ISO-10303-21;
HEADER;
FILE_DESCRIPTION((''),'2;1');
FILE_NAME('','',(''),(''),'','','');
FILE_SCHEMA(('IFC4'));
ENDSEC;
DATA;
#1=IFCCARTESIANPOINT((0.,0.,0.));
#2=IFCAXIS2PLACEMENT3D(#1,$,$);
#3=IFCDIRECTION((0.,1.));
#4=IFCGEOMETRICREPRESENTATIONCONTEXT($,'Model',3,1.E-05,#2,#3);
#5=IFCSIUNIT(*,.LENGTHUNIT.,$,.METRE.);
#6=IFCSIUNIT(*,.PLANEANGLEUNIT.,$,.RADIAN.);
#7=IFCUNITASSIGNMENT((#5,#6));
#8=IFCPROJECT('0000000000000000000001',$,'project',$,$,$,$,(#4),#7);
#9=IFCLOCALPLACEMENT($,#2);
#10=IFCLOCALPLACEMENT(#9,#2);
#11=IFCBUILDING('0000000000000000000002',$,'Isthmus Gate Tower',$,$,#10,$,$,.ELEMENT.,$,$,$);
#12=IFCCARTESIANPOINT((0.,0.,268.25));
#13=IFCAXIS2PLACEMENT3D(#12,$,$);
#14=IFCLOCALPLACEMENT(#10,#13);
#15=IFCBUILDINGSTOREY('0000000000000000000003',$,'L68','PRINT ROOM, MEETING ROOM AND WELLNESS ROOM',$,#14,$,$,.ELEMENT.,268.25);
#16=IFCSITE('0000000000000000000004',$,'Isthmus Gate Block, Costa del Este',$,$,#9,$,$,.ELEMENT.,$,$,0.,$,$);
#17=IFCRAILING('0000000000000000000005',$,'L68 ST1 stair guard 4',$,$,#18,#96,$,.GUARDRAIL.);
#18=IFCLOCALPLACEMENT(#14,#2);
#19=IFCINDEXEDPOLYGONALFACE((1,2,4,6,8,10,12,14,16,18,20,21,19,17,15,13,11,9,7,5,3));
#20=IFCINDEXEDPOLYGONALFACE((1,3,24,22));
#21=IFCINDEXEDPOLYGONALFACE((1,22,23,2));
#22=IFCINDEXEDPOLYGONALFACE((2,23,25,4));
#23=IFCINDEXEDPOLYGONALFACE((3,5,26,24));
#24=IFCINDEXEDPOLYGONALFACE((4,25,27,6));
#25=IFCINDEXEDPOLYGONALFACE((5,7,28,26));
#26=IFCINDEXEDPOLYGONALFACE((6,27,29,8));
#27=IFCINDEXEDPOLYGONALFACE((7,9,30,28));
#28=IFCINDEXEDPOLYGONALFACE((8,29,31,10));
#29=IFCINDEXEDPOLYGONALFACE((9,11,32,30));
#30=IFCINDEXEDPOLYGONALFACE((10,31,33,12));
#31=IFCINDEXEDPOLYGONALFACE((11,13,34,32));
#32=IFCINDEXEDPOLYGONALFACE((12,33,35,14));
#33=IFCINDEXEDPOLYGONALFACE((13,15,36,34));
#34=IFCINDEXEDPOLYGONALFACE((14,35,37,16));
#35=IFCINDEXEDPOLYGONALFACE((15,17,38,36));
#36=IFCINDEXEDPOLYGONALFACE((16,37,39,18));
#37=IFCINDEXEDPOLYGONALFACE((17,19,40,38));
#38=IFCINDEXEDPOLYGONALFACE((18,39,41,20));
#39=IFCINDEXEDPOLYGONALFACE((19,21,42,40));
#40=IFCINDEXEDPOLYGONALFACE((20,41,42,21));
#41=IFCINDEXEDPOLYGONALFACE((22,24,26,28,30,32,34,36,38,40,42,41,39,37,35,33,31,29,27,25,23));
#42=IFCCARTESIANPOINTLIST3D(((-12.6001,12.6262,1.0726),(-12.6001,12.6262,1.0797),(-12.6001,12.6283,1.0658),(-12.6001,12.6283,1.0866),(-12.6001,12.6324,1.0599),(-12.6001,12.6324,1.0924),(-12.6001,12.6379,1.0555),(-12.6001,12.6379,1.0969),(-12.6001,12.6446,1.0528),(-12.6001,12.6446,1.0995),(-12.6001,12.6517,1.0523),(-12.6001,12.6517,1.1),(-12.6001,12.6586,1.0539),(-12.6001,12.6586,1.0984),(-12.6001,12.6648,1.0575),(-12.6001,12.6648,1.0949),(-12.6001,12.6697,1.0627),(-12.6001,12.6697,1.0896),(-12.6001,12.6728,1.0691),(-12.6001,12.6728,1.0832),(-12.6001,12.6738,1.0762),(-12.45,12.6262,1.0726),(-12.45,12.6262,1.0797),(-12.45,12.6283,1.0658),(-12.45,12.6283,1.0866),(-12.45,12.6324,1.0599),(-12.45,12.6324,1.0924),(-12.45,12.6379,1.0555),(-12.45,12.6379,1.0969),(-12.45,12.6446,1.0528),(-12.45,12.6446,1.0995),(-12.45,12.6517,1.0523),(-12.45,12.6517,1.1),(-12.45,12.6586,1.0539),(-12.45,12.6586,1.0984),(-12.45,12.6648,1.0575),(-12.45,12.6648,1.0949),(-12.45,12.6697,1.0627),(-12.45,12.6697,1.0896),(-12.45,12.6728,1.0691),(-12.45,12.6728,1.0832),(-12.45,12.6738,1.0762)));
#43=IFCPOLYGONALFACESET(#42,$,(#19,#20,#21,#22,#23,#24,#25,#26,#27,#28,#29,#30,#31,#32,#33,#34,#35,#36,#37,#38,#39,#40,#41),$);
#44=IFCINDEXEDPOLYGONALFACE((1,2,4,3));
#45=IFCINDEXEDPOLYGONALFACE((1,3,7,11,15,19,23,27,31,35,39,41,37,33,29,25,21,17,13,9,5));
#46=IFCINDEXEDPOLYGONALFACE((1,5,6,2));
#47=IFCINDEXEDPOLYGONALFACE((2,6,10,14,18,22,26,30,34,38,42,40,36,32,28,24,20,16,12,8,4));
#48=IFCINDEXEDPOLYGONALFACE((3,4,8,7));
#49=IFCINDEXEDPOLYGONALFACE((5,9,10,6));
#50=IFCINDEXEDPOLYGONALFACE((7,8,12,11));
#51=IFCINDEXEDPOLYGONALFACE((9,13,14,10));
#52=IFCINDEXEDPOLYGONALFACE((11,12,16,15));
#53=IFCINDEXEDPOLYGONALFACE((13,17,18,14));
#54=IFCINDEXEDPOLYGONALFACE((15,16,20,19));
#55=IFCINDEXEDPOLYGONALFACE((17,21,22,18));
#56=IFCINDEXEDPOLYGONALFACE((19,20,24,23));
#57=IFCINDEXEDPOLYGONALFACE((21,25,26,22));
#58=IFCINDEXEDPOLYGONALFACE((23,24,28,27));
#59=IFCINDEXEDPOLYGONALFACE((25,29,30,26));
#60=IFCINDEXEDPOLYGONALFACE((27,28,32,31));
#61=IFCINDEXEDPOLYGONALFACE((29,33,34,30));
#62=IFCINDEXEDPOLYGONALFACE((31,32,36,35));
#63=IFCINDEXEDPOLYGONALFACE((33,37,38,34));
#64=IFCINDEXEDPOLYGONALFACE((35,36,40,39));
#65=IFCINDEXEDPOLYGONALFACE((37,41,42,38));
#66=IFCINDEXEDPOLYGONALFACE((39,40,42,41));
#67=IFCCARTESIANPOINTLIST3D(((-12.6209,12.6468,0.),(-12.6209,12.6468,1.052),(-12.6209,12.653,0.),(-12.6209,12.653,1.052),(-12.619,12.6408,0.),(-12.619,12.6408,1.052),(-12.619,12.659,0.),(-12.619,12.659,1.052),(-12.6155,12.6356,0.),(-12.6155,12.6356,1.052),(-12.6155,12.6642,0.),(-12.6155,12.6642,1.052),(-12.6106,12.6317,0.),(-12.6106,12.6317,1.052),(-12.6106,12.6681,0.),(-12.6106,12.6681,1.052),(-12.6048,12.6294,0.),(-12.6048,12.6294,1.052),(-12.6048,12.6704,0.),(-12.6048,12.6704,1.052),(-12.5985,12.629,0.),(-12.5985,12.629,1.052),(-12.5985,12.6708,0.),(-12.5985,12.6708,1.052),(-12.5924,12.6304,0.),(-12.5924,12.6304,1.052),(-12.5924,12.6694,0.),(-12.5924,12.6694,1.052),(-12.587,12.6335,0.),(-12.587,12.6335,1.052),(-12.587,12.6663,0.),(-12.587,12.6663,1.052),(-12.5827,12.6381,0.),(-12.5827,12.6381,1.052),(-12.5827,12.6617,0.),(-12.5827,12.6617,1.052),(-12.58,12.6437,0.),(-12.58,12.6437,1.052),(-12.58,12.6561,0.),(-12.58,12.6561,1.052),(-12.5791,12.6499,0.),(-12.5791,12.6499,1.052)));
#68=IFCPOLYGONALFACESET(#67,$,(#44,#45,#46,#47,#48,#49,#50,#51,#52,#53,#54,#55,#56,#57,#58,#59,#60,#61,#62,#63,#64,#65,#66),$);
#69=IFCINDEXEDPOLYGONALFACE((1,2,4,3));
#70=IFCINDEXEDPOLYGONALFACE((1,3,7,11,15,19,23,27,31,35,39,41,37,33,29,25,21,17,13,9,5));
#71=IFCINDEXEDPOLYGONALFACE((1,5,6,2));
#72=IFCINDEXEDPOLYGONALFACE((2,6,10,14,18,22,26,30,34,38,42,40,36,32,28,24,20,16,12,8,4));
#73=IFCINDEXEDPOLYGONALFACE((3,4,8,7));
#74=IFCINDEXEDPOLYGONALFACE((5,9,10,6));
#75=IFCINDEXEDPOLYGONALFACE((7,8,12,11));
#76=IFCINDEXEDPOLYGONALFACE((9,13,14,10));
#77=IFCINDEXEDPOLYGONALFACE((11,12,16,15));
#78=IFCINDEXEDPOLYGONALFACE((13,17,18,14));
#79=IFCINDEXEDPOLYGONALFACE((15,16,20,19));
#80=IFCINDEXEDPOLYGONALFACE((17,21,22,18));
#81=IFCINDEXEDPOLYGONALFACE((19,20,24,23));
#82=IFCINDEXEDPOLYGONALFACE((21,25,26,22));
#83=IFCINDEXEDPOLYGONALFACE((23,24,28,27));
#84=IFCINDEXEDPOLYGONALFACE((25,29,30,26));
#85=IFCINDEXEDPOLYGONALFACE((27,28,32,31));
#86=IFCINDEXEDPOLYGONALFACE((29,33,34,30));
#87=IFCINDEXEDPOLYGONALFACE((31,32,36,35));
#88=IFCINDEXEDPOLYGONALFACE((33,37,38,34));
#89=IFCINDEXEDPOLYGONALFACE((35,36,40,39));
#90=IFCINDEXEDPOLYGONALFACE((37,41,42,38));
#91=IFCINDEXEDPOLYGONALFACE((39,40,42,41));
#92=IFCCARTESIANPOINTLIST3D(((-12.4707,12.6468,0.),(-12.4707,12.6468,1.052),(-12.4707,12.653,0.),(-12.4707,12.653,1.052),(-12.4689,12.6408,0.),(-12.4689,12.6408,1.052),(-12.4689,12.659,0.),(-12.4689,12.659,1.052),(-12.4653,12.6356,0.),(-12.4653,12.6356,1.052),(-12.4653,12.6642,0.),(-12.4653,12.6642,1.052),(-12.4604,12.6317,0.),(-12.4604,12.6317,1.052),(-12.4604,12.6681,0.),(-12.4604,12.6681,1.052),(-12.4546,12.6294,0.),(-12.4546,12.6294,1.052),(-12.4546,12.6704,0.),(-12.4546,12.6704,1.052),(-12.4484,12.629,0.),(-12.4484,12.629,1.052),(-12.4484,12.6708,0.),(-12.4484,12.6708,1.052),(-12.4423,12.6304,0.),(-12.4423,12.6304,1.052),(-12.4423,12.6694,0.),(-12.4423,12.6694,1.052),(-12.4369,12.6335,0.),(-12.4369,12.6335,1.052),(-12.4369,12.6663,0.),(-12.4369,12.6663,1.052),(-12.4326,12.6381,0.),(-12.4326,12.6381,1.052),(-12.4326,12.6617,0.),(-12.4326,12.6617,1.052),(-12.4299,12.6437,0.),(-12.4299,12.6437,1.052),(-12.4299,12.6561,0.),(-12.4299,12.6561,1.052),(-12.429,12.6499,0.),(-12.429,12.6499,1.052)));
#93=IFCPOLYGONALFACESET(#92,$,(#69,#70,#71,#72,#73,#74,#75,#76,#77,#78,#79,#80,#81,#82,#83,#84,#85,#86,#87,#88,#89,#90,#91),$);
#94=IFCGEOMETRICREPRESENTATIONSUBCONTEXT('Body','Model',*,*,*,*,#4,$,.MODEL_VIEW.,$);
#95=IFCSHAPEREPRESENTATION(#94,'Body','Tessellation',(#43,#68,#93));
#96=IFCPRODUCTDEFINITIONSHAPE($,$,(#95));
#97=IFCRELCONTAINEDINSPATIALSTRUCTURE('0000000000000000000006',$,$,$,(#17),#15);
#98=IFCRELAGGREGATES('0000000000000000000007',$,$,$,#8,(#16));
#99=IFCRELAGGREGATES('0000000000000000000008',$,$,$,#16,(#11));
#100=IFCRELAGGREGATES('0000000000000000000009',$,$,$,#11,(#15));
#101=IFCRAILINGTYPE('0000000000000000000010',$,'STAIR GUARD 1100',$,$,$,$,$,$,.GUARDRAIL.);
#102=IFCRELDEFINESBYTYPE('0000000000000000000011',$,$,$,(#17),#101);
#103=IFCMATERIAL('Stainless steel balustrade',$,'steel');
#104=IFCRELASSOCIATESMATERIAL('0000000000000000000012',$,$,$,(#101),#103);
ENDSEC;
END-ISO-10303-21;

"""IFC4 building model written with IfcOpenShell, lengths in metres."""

from ifc_helpers import new_model, si_unit, direction, frame, origin, origin_2d, place, context, subcontext, project, spatial, circle, extrude, material, type_object, element, save


model = new_model("IFC4")

# Units and contexts
model_context = context("Model", 3, precision=1e-05, world=origin(), true_north=direction((0.0, 1.0)))
body_context = subcontext(model_context, "Body", "Model", "MODEL_VIEW")
ifc_project = project(units=[si_unit("LENGTHUNIT", "METRE"), si_unit("PLANEANGLEUNIT", "RADIAN")], contexts=[model_context])

# Site, building, storey
site_placement = place(None, origin())
site = spatial("IfcSite", under=ifc_project, at=site_placement, Name="Isthmus Gate Block, Costa del Este", CompositionType="ELEMENT", RefElevation=0.0)
building_placement = place(site_placement, origin())
building = spatial("IfcBuilding", under=site, at=building_placement, Name="Isthmus Gate Tower", CompositionType="ELEMENT")
storey_placement = place(building_placement, frame((0.0, 0.0, 268.25)))
storey = spatial("IfcBuildingStorey", under=building, at=storey_placement, Name="L68", Description="PRINT ROOM, MEETING ROOM AND WELLNESS ROOM", CompositionType="ELEMENT", Elevation=268.25)

# Railing
ifc_material_1 = material(Name="Stainless steel balustrade", Category="steel")
railing_type_1 = type_object("IfcRailingType", Name="STAIR GUARD 1100", PredefinedType="GUARDRAIL", material=ifc_material_1)
railing_1_placement = place(storey_placement, frame((-12.6001, 12.6499, 0.0)))
element("IfcRailing", 1, at=railing_1_placement, inside=storey, type_object=railing_type_1, Name="L68 ST1 stair guard 4", PredefinedType="GUARDRAIL", context=body_context, shape_type="SweptSolid", body=[
    extrude(circle(Radius=0.0239, at=origin_2d()), frame((0.0, 0.0, 1.0762), z_axis=(1.0, 0.0, 0.0), x_axis=(0.0, 1.0, 0.0)), (0.0, 0.0, 1.0), 0.1501),
    extrude(circle(Radius=0.021, at=origin_2d()), origin(), (0.0, 0.0, 1.0), 1.052),
    extrude(circle(Radius=0.021, at=origin_2d()), frame((0.1501, 0.0, 0.0)), (0.0, 0.0, 1.0), 1.052),
])

save(model, "model.ifc")
